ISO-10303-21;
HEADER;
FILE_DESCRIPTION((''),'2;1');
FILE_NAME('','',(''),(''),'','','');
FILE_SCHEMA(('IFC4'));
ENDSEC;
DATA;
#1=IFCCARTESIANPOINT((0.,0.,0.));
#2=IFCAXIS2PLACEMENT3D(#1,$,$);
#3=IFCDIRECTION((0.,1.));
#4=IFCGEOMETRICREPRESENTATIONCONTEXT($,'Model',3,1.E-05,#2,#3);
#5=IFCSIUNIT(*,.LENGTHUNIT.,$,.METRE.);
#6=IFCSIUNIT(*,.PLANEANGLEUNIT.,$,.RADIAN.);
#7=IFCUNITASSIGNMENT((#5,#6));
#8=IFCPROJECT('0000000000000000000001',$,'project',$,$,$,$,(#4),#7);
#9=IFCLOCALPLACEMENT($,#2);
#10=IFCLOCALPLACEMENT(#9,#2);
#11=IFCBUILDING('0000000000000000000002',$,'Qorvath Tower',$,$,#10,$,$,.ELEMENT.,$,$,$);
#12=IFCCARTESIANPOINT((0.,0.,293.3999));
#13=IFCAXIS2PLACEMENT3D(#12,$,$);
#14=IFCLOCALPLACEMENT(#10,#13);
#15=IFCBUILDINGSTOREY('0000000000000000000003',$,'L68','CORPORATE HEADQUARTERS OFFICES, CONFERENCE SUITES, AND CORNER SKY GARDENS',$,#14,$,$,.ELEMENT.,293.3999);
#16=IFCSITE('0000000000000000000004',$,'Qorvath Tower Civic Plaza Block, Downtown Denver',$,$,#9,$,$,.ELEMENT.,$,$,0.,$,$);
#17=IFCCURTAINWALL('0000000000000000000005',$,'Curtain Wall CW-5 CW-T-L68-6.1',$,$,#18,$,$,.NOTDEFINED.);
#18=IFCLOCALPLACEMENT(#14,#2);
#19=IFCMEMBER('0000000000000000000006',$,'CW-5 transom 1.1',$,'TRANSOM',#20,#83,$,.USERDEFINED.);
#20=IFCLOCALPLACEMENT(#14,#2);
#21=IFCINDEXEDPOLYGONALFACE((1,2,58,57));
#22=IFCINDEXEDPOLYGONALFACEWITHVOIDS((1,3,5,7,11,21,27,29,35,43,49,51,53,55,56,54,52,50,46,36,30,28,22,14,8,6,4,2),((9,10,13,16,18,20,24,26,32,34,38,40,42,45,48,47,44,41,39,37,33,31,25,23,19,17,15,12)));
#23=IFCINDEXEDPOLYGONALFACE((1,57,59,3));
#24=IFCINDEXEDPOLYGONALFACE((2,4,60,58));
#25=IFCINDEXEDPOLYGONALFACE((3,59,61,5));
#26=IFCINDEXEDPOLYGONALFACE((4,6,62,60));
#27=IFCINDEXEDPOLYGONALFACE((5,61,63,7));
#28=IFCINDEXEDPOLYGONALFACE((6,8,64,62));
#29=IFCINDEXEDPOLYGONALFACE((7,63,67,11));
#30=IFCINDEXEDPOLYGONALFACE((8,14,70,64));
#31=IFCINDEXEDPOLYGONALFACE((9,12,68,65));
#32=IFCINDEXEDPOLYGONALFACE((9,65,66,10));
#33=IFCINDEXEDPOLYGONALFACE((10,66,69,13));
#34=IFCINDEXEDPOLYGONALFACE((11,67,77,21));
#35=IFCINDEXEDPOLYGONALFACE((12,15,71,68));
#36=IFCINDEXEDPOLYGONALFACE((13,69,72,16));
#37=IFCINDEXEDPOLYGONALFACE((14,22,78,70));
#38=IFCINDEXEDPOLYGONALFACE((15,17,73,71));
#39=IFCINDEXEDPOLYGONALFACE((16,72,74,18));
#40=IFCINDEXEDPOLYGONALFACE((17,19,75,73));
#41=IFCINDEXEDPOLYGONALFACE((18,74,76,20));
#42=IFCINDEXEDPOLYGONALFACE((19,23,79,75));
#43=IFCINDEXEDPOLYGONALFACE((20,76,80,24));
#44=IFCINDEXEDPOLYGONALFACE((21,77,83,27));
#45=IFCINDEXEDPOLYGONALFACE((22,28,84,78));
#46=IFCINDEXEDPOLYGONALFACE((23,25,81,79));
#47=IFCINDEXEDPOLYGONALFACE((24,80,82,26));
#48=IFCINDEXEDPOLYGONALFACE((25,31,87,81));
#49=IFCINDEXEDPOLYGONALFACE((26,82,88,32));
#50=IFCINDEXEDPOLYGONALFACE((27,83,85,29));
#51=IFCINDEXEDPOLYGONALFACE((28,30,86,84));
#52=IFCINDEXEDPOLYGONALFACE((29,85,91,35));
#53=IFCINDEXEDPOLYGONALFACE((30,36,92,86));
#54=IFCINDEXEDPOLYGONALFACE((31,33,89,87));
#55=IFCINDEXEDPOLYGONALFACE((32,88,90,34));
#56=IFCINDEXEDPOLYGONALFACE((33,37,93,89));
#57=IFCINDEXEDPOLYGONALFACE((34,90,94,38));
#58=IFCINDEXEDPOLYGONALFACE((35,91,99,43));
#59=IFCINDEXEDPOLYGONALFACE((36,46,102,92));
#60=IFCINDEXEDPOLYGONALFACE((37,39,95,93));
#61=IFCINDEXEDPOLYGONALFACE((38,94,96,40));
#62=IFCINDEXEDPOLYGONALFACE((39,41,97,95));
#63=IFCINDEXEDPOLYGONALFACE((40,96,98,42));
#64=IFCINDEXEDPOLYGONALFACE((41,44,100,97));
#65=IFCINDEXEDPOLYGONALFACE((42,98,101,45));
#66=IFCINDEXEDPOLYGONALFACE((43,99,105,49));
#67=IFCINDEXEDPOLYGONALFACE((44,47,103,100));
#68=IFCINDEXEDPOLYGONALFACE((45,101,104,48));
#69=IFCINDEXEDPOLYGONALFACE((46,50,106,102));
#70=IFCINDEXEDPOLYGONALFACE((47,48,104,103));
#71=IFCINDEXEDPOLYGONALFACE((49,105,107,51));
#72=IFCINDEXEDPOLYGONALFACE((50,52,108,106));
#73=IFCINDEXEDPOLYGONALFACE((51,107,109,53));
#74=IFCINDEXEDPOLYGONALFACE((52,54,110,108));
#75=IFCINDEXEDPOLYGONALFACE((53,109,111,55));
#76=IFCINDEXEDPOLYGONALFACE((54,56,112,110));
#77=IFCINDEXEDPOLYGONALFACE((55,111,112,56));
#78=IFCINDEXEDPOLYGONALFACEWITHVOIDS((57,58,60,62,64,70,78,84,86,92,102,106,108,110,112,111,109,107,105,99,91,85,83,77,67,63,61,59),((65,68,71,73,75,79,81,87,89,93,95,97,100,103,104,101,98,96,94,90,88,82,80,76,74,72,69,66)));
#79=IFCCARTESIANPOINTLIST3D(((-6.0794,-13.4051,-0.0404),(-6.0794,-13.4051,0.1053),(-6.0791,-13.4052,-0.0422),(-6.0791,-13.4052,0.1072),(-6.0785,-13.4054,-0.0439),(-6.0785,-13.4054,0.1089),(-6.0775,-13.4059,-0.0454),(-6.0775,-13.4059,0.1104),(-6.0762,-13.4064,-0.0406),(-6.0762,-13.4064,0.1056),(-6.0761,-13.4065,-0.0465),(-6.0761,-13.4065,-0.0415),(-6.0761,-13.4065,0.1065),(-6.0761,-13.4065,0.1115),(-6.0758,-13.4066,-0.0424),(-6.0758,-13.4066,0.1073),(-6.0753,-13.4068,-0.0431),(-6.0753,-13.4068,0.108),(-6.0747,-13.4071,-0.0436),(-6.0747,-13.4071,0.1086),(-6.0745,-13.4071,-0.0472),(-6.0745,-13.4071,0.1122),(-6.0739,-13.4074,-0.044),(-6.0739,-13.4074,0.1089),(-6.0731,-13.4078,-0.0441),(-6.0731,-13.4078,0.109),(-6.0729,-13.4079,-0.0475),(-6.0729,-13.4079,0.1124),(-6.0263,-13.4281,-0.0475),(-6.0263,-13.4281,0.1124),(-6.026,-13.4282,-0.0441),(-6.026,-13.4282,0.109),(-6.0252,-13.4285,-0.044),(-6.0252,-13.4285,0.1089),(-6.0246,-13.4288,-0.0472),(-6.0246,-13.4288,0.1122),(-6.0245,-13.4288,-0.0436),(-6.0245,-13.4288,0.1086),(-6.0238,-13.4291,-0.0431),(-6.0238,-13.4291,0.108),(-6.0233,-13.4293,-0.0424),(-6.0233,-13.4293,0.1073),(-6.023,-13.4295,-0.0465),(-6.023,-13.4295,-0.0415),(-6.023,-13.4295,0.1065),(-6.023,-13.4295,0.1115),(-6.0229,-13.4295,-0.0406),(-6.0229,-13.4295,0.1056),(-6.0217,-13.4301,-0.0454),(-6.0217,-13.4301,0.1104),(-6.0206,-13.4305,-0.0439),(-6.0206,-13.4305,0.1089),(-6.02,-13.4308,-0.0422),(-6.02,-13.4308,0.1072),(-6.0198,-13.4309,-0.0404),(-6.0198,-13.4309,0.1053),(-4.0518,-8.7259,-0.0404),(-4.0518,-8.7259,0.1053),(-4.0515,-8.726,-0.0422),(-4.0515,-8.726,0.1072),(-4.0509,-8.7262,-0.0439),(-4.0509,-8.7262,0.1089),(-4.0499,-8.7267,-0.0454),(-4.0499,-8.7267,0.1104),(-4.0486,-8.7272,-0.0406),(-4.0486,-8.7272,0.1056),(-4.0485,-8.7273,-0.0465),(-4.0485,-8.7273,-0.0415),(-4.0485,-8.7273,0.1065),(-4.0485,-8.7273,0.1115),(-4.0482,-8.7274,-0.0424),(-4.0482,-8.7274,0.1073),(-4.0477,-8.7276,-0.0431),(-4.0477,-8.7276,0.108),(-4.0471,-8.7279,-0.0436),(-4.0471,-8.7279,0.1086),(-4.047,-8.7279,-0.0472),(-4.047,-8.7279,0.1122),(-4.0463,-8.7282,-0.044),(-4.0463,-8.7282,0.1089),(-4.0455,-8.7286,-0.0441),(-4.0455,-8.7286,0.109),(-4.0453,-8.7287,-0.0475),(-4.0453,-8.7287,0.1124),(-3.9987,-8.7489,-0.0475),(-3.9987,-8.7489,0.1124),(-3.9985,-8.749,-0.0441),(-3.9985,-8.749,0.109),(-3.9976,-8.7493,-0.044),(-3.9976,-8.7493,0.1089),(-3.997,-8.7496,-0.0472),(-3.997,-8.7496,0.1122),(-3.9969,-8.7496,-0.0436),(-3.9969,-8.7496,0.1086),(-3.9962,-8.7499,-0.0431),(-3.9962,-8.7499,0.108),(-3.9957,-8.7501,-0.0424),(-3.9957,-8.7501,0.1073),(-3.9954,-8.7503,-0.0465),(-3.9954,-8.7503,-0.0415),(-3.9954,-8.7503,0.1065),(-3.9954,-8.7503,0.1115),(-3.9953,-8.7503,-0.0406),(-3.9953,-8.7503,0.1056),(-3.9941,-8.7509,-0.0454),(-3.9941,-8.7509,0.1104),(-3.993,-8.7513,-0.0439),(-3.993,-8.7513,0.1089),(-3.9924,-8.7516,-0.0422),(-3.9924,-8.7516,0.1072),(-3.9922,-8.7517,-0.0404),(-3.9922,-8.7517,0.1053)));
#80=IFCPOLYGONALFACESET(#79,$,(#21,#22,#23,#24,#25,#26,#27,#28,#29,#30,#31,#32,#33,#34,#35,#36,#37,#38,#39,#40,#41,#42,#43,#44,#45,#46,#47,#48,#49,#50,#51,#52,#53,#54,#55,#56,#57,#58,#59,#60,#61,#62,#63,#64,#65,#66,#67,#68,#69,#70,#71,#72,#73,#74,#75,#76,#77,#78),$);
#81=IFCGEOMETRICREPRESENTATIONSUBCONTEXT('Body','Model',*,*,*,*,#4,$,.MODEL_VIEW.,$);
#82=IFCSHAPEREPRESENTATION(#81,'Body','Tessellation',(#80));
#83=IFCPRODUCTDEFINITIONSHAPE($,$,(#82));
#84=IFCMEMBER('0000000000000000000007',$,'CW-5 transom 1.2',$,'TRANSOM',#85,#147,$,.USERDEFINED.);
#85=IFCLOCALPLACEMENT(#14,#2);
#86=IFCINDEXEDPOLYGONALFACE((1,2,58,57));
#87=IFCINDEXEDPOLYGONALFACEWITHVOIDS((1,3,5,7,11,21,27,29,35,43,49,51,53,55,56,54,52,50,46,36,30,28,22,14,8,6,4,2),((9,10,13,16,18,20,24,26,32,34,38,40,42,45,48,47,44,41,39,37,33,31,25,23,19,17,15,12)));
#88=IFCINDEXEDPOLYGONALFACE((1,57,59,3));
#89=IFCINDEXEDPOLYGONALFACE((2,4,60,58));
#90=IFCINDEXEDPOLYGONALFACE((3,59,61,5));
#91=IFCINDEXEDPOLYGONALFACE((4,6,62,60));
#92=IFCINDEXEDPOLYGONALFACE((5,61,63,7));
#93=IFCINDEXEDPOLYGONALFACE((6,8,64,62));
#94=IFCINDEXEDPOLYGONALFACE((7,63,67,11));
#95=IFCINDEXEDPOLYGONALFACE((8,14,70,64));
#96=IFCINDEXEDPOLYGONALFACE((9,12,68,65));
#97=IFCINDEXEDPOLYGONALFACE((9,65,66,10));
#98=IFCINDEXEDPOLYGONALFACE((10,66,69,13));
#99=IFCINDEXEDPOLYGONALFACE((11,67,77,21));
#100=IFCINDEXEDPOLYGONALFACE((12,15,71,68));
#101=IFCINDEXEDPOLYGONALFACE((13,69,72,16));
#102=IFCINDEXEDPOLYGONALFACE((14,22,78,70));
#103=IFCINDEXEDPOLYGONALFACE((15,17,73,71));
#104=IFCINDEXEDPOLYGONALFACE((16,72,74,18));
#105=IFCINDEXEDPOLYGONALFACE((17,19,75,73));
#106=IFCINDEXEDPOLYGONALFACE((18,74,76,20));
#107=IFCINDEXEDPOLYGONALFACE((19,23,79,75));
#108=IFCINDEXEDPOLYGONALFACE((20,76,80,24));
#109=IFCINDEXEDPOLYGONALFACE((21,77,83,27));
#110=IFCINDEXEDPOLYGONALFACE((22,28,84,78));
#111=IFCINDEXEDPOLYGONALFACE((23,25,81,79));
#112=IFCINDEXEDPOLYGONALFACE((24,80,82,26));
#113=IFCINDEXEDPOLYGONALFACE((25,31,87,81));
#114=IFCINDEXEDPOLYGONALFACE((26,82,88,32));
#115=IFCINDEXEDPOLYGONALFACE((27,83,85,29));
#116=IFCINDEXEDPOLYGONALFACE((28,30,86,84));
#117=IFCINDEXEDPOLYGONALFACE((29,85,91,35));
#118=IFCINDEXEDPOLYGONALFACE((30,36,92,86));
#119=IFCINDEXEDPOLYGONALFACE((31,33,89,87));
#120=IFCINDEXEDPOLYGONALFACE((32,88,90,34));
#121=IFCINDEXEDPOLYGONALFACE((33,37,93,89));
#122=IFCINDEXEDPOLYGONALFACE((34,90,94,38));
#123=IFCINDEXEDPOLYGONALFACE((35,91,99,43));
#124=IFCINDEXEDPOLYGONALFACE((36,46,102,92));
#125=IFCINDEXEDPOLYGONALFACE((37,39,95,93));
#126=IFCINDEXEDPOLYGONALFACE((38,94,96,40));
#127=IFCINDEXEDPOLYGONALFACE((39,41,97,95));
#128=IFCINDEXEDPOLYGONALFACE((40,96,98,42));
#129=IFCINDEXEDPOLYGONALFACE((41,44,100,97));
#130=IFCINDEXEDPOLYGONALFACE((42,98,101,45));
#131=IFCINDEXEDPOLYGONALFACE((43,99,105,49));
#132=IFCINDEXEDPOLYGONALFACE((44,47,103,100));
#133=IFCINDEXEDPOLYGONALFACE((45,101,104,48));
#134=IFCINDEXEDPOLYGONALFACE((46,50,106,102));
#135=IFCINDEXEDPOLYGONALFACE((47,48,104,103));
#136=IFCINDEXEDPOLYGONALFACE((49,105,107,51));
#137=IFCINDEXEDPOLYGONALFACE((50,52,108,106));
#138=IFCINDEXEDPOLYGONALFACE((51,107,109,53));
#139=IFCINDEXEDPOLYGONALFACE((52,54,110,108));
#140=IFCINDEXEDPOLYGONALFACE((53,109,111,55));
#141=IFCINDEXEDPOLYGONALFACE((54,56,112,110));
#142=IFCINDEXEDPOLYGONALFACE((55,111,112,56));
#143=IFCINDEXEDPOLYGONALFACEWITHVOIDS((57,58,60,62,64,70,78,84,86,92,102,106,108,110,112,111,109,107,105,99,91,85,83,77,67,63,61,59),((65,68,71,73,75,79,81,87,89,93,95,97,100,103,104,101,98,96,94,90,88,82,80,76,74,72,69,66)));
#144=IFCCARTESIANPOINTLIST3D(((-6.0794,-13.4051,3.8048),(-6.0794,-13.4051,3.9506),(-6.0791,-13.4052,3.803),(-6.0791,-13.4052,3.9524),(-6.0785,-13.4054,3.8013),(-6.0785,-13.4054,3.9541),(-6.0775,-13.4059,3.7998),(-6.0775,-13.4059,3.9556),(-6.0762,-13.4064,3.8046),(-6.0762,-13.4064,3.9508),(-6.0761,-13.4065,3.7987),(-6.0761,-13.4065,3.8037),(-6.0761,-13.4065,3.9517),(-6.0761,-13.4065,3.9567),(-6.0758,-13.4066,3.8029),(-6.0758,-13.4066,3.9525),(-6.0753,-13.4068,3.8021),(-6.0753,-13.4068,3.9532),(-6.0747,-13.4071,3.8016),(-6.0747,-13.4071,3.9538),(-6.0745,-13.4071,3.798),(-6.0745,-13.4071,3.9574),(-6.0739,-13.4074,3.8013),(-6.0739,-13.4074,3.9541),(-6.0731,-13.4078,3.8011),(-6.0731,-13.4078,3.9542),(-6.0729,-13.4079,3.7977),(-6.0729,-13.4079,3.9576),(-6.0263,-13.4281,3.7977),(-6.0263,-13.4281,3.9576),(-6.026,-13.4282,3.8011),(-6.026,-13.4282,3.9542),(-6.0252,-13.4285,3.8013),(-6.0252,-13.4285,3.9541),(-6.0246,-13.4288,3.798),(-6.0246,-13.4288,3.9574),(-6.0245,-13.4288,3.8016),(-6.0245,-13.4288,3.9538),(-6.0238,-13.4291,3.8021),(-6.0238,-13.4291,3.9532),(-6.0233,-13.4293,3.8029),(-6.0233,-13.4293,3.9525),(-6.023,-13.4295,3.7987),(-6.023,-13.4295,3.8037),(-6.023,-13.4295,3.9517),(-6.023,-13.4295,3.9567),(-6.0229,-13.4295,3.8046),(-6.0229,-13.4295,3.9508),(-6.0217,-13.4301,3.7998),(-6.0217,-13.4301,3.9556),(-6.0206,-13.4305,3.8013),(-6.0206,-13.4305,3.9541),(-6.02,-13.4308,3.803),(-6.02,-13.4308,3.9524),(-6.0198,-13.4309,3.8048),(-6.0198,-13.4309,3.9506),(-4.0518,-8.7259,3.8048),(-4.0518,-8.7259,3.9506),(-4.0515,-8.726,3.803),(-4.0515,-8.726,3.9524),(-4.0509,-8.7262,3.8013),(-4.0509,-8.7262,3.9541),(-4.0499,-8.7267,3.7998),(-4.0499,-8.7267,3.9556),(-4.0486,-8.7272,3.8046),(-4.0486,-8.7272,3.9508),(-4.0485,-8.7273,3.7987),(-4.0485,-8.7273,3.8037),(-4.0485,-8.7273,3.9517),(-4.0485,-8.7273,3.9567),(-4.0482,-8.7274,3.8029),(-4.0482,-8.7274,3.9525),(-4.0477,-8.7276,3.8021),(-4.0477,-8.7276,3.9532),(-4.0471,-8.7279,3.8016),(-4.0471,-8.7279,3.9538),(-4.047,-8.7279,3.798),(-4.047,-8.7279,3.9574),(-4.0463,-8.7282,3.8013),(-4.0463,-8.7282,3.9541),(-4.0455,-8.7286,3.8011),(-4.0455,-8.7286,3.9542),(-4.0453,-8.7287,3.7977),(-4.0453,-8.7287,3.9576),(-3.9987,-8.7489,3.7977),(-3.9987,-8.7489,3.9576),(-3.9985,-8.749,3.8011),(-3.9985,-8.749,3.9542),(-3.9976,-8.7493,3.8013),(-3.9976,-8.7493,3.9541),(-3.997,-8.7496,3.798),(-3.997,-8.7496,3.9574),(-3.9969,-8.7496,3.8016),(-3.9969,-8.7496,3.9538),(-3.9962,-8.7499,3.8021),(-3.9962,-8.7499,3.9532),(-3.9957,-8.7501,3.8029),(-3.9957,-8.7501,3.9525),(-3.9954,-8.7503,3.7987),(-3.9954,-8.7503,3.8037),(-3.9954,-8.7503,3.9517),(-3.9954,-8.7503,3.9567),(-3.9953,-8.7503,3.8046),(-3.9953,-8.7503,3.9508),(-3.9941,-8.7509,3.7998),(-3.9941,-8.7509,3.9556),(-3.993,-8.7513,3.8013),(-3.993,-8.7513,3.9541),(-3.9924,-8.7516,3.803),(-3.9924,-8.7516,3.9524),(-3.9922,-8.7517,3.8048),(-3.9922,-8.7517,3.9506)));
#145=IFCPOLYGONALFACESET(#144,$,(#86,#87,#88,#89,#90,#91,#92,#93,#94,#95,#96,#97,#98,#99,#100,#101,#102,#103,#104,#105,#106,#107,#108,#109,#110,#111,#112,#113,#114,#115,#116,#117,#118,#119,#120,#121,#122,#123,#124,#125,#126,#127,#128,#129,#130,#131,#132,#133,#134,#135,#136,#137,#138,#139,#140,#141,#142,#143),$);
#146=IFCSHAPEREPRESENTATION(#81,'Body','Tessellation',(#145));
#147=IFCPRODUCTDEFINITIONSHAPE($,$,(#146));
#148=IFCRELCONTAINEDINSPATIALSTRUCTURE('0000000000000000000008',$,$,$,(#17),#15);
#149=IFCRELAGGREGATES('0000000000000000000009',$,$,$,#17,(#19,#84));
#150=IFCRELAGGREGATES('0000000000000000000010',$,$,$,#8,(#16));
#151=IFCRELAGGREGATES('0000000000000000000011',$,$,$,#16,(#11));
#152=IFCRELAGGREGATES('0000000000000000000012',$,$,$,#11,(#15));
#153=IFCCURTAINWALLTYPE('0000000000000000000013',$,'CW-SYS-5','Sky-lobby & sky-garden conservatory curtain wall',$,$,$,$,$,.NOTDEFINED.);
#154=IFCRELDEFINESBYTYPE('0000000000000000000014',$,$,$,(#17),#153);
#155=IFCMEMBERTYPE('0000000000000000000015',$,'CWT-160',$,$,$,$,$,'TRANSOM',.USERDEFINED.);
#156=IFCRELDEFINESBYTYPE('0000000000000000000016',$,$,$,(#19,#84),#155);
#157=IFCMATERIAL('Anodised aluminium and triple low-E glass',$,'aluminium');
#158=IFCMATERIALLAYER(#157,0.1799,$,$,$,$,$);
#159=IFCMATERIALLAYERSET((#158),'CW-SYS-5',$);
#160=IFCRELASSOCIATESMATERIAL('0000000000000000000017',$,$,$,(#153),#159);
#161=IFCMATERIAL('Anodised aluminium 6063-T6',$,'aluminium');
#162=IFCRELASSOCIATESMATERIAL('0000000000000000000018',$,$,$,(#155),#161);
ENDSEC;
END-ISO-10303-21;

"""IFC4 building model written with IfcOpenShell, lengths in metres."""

from ifc_helpers import new_model, si_unit, direction, frame, origin, origin_2d, place, context, subcontext, project, spatial, hollow_rectangle, extrude, material, layer, layer_set, material_profile, profile_set, type_object, element, aggregate, save


model = new_model("IFC4")

# Units and contexts
model_context = context("Model", 3, precision=1e-05, world=origin(), true_north=direction((0.0, 1.0)))
body_context = subcontext(model_context, "Body", "Model", "MODEL_VIEW")
ifc_project = project(units=[si_unit("LENGTHUNIT", "METRE"), si_unit("PLANEANGLEUNIT", "RADIAN")], contexts=[model_context])

# Site, building, storey
site_placement = place(None, origin())
site = spatial("IfcSite", under=ifc_project, at=site_placement, Name="Qorvath Tower Civic Plaza Block, Downtown Denver", CompositionType="ELEMENT", RefElevation=0.0)
building_placement = place(site_placement, origin())
building = spatial("IfcBuilding", under=site, at=building_placement, Name="Qorvath Tower", CompositionType="ELEMENT")
storey_placement = place(building_placement, frame((0.0, 0.0, 293.3999)))
storey = spatial("IfcBuildingStorey", under=building, at=storey_placement, Name="L68", Description="CORPORATE HEADQUARTERS OFFICES, CONFERENCE SUITES, AND CORNER SKY GARDENS", CompositionType="ELEMENT", Elevation=293.3999)

# Shared definitions
ifc_material_1 = material(Name="Anodised aluminium and triple low-E glass", Category="aluminium")
ifc_layer_1 = layer(ifc_material_1, 0.1799)
ifc_layer_set_1 = layer_set([ifc_layer_1], Name="CW-SYS-5")
curtain_wall_type = type_object("IfcCurtainWallType", Name="CW-SYS-5", Description="Sky-lobby & sky-garden conservatory curtain wall", PredefinedType="NOTDEFINED", material=ifc_layer_set_1)

# Curtain wall
curtain_wall_1_placement = place(storey_placement, origin())
curtain_wall_1 = element("IfcCurtainWall", 1, at=curtain_wall_1_placement, inside=storey, type_object=curtain_wall_type, Name="Curtain Wall CW-5 CW-T-L68-6.1", PredefinedType="NOTDEFINED")

# Members
ifc_material_2 = material(Name="Anodised aluminium 6063-T6", Category="aluminium")
ifc_material_profile_1 = material_profile(ifc_material_2, hollow_rectangle(XDim=0.0649, YDim=0.1599, WallThickness=0.0034, InnerFilletRadius=0.0034, OuterFilletRadius=0.0071, at=origin_2d()), Name="CWT 160x65")
ifc_profile_set_1 = profile_set([ifc_material_profile_1], Name="Anodised aluminium 6063-T6")
member_type_1 = type_object("IfcMemberType", Name="CWT-160", ElementType="TRANSOM", PredefinedType="USERDEFINED", material=ifc_profile_set_1)
member_1_placement = place(storey_placement, frame((-6.0496, -13.418, 0.0325), z_axis=(0.397597, 0.91756, 0.0), x_axis=(-0.91756, 0.397597, 0.0)))
member_1 = element("IfcMember", 2, at=member_1_placement, type_object=member_type_1, Name="CW-5 transom 1.1", ObjectType="TRANSOM", PredefinedType="USERDEFINED", context=body_context, shape_type="SweptSolid", body=[
    extrude(hollow_rectangle(XDim=0.0649, YDim=0.1599, WallThickness=0.0034, InnerFilletRadius=0.0034, OuterFilletRadius=0.0071, at=origin_2d()), origin(), (0.0, 0.0, 1.0), 5.0996),
])
member_2_placement = place(storey_placement, frame((-6.0496, -13.418, 3.8777), z_axis=(0.397597, 0.91756, 0.0), x_axis=(-0.91756, 0.397597, 0.0)))
member_2 = element("IfcMember", 3, at=member_2_placement, type_object=member_type_1, Name="CW-5 transom 1.2", ObjectType="TRANSOM", PredefinedType="USERDEFINED", context=body_context, shape_type="SweptSolid", body=[
    extrude(hollow_rectangle(XDim=0.0649, YDim=0.1599, WallThickness=0.0034, InnerFilletRadius=0.0034, OuterFilletRadius=0.0071, at=origin_2d()), origin(), (0.0, 0.0, 1.0), 5.0996),
])

aggregate(curtain_wall_1, [member_1, member_2])

save(model, "model.ifc")
